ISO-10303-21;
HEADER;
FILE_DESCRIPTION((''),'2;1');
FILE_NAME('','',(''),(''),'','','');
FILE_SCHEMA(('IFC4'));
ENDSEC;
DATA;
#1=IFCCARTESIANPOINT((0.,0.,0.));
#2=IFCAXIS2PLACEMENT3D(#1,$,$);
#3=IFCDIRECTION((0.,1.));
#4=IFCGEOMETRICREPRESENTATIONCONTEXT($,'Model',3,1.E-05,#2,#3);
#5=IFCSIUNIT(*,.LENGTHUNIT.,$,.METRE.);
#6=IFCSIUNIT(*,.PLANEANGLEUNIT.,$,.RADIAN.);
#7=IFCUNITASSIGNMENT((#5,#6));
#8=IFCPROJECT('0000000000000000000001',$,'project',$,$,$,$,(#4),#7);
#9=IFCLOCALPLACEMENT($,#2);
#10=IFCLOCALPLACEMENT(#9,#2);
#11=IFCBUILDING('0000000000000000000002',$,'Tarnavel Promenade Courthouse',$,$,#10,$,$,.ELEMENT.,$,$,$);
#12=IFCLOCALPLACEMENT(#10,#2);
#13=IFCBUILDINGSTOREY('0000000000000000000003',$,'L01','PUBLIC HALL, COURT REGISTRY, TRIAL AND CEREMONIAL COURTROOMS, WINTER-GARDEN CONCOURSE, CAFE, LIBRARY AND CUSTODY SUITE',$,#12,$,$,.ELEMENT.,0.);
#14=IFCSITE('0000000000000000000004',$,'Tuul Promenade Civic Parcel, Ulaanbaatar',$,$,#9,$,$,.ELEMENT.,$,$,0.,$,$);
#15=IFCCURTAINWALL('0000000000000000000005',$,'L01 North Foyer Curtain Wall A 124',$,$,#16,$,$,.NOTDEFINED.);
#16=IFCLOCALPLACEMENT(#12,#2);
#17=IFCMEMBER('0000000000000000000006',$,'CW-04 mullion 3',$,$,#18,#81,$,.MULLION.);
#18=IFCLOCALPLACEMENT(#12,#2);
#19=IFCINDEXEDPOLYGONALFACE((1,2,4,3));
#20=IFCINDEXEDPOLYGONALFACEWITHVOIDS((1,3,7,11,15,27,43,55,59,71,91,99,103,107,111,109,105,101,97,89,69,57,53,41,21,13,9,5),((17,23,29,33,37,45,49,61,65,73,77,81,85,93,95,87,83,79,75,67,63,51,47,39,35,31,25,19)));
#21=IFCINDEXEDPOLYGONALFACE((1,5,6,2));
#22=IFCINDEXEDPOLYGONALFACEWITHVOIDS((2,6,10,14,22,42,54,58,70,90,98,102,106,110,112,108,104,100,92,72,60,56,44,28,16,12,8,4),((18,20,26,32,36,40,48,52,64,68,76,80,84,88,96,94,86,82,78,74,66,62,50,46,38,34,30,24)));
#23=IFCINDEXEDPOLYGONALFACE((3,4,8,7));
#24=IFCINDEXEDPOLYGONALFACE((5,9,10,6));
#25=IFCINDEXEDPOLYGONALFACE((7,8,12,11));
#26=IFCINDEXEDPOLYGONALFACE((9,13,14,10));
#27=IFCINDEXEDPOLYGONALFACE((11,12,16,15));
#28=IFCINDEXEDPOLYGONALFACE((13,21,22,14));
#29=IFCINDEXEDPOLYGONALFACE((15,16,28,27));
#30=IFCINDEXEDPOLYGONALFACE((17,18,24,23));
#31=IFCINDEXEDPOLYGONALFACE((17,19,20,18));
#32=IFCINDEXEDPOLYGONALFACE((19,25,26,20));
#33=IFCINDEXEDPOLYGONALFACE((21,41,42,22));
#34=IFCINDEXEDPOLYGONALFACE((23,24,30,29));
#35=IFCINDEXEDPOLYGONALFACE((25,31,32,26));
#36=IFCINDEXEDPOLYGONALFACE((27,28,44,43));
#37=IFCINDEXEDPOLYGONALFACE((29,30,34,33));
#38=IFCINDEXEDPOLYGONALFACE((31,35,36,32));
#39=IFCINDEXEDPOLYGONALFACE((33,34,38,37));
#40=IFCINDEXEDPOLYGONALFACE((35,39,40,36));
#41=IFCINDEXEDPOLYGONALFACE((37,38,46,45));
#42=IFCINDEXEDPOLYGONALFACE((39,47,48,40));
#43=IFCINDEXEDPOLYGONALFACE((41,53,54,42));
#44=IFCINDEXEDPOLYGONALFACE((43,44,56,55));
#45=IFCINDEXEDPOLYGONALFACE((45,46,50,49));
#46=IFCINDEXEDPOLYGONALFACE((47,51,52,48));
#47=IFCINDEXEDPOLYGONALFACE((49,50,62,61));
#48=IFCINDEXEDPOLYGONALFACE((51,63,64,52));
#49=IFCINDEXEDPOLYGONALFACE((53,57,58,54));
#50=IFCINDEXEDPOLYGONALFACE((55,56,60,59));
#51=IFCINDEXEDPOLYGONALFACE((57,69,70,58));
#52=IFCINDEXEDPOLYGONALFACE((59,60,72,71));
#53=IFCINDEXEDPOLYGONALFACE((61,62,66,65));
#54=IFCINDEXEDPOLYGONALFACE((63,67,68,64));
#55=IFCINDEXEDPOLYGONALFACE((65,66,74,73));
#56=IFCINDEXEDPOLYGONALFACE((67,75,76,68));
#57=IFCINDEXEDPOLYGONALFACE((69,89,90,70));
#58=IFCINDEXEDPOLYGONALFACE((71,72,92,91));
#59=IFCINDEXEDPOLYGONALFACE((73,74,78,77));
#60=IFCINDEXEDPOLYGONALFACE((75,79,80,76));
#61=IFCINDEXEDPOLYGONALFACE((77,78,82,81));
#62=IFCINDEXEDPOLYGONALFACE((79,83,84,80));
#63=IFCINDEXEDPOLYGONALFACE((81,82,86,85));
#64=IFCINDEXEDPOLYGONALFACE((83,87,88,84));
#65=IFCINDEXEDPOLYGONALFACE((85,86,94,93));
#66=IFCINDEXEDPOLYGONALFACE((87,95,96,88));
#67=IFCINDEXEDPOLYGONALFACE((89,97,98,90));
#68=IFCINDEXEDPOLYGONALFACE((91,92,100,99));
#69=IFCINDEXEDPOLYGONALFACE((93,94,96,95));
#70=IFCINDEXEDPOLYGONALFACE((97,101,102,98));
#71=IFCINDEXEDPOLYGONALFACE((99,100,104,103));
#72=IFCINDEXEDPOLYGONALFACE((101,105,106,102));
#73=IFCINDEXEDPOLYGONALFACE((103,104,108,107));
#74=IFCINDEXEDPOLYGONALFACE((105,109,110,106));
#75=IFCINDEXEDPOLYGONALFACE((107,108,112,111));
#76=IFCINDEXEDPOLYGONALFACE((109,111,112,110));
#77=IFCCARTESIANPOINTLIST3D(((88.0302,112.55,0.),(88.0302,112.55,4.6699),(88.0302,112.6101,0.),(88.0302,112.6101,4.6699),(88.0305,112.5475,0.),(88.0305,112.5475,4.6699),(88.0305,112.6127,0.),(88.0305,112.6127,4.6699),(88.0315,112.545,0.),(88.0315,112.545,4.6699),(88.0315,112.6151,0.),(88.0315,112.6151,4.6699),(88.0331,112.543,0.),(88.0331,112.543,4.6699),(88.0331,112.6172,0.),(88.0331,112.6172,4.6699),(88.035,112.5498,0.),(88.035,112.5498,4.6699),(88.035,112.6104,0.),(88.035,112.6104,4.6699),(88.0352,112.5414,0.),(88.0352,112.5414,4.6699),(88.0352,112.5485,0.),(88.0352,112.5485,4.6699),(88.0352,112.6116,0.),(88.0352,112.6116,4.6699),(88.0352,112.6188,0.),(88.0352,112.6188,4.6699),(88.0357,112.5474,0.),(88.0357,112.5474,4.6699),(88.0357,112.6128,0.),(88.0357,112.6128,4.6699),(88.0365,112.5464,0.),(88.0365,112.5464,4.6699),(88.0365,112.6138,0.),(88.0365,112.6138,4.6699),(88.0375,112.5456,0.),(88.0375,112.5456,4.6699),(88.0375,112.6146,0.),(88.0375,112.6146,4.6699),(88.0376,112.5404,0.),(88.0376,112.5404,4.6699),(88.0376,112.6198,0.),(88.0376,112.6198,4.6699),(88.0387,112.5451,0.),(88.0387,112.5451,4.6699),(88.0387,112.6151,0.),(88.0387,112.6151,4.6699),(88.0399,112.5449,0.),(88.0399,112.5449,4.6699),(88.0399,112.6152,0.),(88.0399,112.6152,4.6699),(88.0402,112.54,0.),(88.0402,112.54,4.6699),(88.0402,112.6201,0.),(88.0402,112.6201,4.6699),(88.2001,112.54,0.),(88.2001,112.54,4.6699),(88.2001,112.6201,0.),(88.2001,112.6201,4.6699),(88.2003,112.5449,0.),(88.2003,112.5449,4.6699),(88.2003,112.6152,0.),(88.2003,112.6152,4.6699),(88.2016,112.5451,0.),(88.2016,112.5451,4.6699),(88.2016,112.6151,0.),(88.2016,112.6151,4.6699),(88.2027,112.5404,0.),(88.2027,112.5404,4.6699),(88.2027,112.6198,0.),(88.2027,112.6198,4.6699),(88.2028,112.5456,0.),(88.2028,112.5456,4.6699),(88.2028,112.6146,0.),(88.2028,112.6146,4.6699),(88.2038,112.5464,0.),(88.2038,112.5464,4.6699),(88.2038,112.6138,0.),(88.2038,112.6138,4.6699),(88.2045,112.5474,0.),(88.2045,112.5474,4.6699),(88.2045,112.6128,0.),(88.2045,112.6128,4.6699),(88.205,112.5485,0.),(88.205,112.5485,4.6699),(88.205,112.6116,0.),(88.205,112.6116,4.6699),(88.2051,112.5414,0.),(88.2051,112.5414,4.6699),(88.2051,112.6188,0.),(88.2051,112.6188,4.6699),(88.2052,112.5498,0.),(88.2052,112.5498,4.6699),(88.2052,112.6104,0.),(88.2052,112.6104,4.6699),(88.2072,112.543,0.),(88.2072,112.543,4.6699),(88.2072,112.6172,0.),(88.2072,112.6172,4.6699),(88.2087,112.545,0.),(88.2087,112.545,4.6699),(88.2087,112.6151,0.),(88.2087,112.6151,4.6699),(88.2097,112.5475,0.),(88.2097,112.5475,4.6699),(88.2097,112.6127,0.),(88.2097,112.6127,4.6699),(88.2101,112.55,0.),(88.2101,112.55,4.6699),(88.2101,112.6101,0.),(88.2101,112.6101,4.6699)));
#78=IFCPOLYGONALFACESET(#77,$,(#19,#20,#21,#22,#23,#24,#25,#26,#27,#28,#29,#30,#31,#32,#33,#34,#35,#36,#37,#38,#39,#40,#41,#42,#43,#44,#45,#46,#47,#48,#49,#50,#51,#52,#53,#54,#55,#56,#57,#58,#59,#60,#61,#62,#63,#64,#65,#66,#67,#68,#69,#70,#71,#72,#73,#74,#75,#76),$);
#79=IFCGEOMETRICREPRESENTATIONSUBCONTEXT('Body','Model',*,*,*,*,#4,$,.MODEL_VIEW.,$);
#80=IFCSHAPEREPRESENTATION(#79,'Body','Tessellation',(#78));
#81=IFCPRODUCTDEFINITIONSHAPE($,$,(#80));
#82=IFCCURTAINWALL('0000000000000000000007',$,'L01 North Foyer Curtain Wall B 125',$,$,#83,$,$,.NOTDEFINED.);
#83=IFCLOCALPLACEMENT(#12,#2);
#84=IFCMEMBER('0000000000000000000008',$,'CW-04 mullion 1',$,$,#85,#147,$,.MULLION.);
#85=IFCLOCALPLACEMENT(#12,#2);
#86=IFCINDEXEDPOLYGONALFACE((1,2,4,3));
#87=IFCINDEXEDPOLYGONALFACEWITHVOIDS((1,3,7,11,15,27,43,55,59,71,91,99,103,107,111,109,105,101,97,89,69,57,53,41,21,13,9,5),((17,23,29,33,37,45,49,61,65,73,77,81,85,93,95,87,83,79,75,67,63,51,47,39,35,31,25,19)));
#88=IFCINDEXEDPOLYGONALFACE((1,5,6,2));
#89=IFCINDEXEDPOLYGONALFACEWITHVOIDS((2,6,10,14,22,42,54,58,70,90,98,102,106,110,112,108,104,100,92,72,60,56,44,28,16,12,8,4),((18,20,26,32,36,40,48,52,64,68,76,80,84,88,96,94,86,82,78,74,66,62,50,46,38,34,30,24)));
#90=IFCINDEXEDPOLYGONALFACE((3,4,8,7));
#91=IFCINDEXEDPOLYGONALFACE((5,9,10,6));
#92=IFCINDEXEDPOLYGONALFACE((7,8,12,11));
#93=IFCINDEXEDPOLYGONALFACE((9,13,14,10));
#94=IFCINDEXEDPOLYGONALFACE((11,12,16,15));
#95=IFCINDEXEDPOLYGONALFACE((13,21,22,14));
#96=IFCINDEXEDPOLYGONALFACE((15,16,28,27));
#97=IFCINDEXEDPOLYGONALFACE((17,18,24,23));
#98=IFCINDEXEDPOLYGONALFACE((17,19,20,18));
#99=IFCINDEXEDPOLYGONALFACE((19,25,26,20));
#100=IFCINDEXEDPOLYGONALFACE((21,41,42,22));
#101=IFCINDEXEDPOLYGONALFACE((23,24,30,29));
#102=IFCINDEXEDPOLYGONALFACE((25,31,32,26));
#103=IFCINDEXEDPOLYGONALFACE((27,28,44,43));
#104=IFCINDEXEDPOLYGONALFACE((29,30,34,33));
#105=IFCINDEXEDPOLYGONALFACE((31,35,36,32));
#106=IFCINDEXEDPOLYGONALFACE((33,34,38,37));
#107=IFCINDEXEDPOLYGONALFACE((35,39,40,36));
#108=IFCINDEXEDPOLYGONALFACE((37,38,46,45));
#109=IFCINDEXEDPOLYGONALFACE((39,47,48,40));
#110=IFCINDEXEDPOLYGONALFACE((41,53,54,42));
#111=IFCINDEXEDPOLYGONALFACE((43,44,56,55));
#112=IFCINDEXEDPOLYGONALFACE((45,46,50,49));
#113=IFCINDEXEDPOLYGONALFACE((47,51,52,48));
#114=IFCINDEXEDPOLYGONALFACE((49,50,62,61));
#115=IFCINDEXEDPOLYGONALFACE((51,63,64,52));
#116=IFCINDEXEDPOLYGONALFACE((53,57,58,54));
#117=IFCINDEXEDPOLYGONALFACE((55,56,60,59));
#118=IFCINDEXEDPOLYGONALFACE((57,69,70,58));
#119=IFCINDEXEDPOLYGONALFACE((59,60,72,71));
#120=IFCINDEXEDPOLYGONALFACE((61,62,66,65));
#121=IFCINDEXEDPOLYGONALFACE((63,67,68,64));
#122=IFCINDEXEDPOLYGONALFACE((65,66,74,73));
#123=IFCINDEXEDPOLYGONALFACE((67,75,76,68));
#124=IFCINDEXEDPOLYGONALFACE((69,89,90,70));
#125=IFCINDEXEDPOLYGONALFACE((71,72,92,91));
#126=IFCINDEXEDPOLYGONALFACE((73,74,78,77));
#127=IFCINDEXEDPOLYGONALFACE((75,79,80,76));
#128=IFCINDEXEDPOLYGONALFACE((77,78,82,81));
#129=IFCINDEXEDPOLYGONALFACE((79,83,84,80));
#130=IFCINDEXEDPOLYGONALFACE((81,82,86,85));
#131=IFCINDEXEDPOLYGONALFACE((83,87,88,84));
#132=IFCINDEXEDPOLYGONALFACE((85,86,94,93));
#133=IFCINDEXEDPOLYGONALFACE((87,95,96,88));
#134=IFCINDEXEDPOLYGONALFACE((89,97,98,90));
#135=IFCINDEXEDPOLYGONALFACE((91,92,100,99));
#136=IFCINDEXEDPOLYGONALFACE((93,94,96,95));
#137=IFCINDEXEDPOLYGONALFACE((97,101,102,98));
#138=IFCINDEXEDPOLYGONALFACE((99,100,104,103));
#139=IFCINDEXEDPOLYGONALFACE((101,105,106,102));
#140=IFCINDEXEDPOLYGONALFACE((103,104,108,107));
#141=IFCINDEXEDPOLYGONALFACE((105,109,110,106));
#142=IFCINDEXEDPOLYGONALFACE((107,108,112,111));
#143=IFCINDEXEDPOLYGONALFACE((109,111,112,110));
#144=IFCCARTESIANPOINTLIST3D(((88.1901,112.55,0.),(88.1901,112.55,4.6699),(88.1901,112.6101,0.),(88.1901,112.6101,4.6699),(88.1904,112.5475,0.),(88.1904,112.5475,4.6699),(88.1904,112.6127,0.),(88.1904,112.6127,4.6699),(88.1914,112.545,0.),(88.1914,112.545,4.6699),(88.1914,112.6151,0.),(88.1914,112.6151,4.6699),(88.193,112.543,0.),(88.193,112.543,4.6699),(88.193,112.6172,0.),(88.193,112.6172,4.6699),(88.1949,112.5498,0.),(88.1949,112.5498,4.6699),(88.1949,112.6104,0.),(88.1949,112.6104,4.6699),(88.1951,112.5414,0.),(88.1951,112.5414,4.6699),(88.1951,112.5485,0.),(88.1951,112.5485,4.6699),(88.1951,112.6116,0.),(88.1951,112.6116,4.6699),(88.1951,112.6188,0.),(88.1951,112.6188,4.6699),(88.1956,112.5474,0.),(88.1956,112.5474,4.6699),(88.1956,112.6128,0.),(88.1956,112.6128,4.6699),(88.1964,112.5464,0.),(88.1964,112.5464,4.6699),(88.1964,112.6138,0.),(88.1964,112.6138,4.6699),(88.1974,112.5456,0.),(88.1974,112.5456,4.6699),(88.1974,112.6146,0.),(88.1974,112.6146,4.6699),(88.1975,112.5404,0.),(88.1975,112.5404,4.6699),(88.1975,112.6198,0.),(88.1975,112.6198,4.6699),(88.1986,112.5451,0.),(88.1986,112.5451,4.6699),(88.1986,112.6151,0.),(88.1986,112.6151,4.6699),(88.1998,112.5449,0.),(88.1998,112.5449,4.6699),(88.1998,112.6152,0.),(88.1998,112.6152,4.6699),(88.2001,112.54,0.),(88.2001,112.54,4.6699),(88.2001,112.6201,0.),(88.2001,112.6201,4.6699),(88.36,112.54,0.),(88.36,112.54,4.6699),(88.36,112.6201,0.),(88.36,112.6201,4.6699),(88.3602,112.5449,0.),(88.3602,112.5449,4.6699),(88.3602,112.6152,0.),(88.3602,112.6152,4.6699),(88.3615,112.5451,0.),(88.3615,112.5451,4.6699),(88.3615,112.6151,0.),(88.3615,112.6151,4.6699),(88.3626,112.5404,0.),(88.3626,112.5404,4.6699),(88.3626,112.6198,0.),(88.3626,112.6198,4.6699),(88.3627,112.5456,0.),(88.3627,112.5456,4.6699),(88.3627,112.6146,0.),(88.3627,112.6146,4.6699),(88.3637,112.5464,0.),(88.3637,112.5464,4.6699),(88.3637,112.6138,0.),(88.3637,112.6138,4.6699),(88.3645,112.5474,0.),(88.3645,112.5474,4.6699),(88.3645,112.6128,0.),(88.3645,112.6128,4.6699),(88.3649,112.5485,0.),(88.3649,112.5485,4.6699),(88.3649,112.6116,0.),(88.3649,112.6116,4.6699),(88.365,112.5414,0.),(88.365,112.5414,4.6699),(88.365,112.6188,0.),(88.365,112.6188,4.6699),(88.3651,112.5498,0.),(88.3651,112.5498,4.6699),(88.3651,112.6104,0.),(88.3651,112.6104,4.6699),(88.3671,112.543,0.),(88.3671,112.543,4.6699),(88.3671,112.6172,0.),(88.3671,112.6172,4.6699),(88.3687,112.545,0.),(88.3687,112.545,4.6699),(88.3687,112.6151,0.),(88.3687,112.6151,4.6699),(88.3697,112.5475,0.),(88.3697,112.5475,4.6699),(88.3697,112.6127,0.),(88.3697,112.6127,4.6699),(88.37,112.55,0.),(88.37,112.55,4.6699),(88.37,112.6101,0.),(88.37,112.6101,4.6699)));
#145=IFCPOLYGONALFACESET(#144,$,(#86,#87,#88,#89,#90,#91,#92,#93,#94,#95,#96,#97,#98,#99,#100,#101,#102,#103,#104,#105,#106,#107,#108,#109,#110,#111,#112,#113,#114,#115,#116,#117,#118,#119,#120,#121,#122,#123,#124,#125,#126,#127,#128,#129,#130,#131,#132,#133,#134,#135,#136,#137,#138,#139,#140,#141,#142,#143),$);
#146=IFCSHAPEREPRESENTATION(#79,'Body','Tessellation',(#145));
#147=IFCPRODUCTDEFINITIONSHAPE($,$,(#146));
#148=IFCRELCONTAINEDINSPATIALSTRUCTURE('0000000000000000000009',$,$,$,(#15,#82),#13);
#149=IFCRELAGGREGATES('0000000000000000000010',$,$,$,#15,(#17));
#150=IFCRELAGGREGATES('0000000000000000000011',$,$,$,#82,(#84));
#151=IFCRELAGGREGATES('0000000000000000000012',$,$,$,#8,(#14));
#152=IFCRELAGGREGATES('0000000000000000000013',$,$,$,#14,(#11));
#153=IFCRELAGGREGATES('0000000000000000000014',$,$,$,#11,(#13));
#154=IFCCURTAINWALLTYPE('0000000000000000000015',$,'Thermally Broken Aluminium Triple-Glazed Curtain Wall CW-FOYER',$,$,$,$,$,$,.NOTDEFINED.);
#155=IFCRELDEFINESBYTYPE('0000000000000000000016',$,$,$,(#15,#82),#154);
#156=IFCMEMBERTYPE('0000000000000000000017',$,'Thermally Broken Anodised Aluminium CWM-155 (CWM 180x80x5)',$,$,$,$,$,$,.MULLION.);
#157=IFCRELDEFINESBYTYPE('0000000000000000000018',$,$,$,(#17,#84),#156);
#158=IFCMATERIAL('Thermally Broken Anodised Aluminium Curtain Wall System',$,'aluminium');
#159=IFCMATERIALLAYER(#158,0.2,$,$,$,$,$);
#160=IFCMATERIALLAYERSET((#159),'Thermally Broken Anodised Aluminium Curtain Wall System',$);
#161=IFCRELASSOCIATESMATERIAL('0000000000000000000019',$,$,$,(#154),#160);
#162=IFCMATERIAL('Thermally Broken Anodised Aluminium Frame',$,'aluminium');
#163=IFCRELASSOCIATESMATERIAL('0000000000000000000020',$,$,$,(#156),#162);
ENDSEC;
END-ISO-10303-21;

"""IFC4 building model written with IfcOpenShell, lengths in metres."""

from ifc_helpers import new_model, si_unit, direction, frame, origin, origin_2d, place, context, subcontext, project, spatial, hollow_rectangle, extrude, material, layer, layer_set, material_profile, profile_set, type_object, element, aggregate, save


model = new_model("IFC4")

# Units and contexts
model_context = context("Model", 3, precision=1e-05, world=origin(), true_north=direction((0.0, 1.0)))
body_context = subcontext(model_context, "Body", "Model", "MODEL_VIEW")
ifc_project = project(units=[si_unit("LENGTHUNIT", "METRE"), si_unit("PLANEANGLEUNIT", "RADIAN")], contexts=[model_context])

# Site, building, storey
site_placement = place(None, origin())
site = spatial("IfcSite", under=ifc_project, at=site_placement, Name="Tuul Promenade Civic Parcel, Ulaanbaatar", CompositionType="ELEMENT", RefElevation=0.0)
building_placement = place(site_placement, origin())
building = spatial("IfcBuilding", under=site, at=building_placement, Name="Tarnavel Promenade Courthouse", CompositionType="ELEMENT")
storey_placement = place(building_placement, origin())
storey = spatial("IfcBuildingStorey", under=building, at=storey_placement, Name="L01", Description="PUBLIC HALL, COURT REGISTRY, TRIAL AND CEREMONIAL COURTROOMS, WINTER-GARDEN CONCOURSE, CAFE, LIBRARY AND CUSTODY SUITE", CompositionType="ELEMENT", Elevation=0.0)

# Curtain walls, members
ifc_material_1 = material(Name="Thermally Broken Anodised Aluminium Curtain Wall System", Category="aluminium")
ifc_layer_1 = layer(ifc_material_1, 0.2)
ifc_layer_set_1 = layer_set([ifc_layer_1], Name="Thermally Broken Anodised Aluminium Curtain Wall System")
curtain_wall_type = type_object("IfcCurtainWallType", Name="Thermally Broken Aluminium Triple-Glazed Curtain Wall CW-FOYER", PredefinedType="NOTDEFINED", material=ifc_layer_set_1)
curtain_wall_1_placement = place(storey_placement, origin())
curtain_wall_1 = element("IfcCurtainWall", 1, at=curtain_wall_1_placement, inside=storey, type_object=curtain_wall_type, Name="L01 North Foyer Curtain Wall A 124", PredefinedType="NOTDEFINED")
ifc_material_2 = material(Name="Thermally Broken Anodised Aluminium Frame", Category="aluminium")
ifc_material_profile_1 = material_profile(ifc_material_2, hollow_rectangle(XDim=0.0801, YDim=0.1799, WallThickness=0.0049, InnerFilletRadius=0.0049, OuterFilletRadius=0.01, at=origin_2d()), Name="CWM 180x80x5")
ifc_profile_set_1 = profile_set([ifc_material_profile_1], Name="Thermally Broken Anodised Aluminium Frame")
member_type_1 = type_object("IfcMemberType", Name="Thermally Broken Anodised Aluminium CWM-155 (CWM 180x80x5)", PredefinedType="MULLION", material=ifc_profile_set_1)
member_1_placement = place(storey_placement, frame((88.1201, 112.5801, 0.0), z_axis=(0.0, 0.0, 1.0), x_axis=(0.0, 1.0, 0.0)))
member_1 = element("IfcMember", 2, at=member_1_placement, type_object=member_type_1, Name="CW-04 mullion 3", PredefinedType="MULLION", context=body_context, shape_type="SweptSolid", body=[
    extrude(hollow_rectangle(XDim=0.0801, YDim=0.1799, WallThickness=0.0049, InnerFilletRadius=0.0049, OuterFilletRadius=0.01, at=origin_2d()), origin(), (0.0, 0.0, 1.0), 4.6699),
])
curtain_wall_2_placement = place(storey_placement, origin())
curtain_wall_2 = element("IfcCurtainWall", 3, at=curtain_wall_2_placement, inside=storey, type_object=curtain_wall_type, Name="L01 North Foyer Curtain Wall B 125", PredefinedType="NOTDEFINED")
member_2_placement = place(storey_placement, frame((88.28, 112.5801, 0.0), z_axis=(0.0, 0.0, 1.0), x_axis=(0.0, 1.0, 0.0)))
member_2 = element("IfcMember", 4, at=member_2_placement, type_object=member_type_1, Name="CW-04 mullion 1", PredefinedType="MULLION", context=body_context, shape_type="SweptSolid", body=[
    extrude(hollow_rectangle(XDim=0.0801, YDim=0.1799, WallThickness=0.0049, InnerFilletRadius=0.0049, OuterFilletRadius=0.01, at=origin_2d()), origin(), (0.0, 0.0, 1.0), 4.6699),
])

aggregate(curtain_wall_1, [member_1])
aggregate(curtain_wall_2, [member_2])

save(model, "model.ifc")
